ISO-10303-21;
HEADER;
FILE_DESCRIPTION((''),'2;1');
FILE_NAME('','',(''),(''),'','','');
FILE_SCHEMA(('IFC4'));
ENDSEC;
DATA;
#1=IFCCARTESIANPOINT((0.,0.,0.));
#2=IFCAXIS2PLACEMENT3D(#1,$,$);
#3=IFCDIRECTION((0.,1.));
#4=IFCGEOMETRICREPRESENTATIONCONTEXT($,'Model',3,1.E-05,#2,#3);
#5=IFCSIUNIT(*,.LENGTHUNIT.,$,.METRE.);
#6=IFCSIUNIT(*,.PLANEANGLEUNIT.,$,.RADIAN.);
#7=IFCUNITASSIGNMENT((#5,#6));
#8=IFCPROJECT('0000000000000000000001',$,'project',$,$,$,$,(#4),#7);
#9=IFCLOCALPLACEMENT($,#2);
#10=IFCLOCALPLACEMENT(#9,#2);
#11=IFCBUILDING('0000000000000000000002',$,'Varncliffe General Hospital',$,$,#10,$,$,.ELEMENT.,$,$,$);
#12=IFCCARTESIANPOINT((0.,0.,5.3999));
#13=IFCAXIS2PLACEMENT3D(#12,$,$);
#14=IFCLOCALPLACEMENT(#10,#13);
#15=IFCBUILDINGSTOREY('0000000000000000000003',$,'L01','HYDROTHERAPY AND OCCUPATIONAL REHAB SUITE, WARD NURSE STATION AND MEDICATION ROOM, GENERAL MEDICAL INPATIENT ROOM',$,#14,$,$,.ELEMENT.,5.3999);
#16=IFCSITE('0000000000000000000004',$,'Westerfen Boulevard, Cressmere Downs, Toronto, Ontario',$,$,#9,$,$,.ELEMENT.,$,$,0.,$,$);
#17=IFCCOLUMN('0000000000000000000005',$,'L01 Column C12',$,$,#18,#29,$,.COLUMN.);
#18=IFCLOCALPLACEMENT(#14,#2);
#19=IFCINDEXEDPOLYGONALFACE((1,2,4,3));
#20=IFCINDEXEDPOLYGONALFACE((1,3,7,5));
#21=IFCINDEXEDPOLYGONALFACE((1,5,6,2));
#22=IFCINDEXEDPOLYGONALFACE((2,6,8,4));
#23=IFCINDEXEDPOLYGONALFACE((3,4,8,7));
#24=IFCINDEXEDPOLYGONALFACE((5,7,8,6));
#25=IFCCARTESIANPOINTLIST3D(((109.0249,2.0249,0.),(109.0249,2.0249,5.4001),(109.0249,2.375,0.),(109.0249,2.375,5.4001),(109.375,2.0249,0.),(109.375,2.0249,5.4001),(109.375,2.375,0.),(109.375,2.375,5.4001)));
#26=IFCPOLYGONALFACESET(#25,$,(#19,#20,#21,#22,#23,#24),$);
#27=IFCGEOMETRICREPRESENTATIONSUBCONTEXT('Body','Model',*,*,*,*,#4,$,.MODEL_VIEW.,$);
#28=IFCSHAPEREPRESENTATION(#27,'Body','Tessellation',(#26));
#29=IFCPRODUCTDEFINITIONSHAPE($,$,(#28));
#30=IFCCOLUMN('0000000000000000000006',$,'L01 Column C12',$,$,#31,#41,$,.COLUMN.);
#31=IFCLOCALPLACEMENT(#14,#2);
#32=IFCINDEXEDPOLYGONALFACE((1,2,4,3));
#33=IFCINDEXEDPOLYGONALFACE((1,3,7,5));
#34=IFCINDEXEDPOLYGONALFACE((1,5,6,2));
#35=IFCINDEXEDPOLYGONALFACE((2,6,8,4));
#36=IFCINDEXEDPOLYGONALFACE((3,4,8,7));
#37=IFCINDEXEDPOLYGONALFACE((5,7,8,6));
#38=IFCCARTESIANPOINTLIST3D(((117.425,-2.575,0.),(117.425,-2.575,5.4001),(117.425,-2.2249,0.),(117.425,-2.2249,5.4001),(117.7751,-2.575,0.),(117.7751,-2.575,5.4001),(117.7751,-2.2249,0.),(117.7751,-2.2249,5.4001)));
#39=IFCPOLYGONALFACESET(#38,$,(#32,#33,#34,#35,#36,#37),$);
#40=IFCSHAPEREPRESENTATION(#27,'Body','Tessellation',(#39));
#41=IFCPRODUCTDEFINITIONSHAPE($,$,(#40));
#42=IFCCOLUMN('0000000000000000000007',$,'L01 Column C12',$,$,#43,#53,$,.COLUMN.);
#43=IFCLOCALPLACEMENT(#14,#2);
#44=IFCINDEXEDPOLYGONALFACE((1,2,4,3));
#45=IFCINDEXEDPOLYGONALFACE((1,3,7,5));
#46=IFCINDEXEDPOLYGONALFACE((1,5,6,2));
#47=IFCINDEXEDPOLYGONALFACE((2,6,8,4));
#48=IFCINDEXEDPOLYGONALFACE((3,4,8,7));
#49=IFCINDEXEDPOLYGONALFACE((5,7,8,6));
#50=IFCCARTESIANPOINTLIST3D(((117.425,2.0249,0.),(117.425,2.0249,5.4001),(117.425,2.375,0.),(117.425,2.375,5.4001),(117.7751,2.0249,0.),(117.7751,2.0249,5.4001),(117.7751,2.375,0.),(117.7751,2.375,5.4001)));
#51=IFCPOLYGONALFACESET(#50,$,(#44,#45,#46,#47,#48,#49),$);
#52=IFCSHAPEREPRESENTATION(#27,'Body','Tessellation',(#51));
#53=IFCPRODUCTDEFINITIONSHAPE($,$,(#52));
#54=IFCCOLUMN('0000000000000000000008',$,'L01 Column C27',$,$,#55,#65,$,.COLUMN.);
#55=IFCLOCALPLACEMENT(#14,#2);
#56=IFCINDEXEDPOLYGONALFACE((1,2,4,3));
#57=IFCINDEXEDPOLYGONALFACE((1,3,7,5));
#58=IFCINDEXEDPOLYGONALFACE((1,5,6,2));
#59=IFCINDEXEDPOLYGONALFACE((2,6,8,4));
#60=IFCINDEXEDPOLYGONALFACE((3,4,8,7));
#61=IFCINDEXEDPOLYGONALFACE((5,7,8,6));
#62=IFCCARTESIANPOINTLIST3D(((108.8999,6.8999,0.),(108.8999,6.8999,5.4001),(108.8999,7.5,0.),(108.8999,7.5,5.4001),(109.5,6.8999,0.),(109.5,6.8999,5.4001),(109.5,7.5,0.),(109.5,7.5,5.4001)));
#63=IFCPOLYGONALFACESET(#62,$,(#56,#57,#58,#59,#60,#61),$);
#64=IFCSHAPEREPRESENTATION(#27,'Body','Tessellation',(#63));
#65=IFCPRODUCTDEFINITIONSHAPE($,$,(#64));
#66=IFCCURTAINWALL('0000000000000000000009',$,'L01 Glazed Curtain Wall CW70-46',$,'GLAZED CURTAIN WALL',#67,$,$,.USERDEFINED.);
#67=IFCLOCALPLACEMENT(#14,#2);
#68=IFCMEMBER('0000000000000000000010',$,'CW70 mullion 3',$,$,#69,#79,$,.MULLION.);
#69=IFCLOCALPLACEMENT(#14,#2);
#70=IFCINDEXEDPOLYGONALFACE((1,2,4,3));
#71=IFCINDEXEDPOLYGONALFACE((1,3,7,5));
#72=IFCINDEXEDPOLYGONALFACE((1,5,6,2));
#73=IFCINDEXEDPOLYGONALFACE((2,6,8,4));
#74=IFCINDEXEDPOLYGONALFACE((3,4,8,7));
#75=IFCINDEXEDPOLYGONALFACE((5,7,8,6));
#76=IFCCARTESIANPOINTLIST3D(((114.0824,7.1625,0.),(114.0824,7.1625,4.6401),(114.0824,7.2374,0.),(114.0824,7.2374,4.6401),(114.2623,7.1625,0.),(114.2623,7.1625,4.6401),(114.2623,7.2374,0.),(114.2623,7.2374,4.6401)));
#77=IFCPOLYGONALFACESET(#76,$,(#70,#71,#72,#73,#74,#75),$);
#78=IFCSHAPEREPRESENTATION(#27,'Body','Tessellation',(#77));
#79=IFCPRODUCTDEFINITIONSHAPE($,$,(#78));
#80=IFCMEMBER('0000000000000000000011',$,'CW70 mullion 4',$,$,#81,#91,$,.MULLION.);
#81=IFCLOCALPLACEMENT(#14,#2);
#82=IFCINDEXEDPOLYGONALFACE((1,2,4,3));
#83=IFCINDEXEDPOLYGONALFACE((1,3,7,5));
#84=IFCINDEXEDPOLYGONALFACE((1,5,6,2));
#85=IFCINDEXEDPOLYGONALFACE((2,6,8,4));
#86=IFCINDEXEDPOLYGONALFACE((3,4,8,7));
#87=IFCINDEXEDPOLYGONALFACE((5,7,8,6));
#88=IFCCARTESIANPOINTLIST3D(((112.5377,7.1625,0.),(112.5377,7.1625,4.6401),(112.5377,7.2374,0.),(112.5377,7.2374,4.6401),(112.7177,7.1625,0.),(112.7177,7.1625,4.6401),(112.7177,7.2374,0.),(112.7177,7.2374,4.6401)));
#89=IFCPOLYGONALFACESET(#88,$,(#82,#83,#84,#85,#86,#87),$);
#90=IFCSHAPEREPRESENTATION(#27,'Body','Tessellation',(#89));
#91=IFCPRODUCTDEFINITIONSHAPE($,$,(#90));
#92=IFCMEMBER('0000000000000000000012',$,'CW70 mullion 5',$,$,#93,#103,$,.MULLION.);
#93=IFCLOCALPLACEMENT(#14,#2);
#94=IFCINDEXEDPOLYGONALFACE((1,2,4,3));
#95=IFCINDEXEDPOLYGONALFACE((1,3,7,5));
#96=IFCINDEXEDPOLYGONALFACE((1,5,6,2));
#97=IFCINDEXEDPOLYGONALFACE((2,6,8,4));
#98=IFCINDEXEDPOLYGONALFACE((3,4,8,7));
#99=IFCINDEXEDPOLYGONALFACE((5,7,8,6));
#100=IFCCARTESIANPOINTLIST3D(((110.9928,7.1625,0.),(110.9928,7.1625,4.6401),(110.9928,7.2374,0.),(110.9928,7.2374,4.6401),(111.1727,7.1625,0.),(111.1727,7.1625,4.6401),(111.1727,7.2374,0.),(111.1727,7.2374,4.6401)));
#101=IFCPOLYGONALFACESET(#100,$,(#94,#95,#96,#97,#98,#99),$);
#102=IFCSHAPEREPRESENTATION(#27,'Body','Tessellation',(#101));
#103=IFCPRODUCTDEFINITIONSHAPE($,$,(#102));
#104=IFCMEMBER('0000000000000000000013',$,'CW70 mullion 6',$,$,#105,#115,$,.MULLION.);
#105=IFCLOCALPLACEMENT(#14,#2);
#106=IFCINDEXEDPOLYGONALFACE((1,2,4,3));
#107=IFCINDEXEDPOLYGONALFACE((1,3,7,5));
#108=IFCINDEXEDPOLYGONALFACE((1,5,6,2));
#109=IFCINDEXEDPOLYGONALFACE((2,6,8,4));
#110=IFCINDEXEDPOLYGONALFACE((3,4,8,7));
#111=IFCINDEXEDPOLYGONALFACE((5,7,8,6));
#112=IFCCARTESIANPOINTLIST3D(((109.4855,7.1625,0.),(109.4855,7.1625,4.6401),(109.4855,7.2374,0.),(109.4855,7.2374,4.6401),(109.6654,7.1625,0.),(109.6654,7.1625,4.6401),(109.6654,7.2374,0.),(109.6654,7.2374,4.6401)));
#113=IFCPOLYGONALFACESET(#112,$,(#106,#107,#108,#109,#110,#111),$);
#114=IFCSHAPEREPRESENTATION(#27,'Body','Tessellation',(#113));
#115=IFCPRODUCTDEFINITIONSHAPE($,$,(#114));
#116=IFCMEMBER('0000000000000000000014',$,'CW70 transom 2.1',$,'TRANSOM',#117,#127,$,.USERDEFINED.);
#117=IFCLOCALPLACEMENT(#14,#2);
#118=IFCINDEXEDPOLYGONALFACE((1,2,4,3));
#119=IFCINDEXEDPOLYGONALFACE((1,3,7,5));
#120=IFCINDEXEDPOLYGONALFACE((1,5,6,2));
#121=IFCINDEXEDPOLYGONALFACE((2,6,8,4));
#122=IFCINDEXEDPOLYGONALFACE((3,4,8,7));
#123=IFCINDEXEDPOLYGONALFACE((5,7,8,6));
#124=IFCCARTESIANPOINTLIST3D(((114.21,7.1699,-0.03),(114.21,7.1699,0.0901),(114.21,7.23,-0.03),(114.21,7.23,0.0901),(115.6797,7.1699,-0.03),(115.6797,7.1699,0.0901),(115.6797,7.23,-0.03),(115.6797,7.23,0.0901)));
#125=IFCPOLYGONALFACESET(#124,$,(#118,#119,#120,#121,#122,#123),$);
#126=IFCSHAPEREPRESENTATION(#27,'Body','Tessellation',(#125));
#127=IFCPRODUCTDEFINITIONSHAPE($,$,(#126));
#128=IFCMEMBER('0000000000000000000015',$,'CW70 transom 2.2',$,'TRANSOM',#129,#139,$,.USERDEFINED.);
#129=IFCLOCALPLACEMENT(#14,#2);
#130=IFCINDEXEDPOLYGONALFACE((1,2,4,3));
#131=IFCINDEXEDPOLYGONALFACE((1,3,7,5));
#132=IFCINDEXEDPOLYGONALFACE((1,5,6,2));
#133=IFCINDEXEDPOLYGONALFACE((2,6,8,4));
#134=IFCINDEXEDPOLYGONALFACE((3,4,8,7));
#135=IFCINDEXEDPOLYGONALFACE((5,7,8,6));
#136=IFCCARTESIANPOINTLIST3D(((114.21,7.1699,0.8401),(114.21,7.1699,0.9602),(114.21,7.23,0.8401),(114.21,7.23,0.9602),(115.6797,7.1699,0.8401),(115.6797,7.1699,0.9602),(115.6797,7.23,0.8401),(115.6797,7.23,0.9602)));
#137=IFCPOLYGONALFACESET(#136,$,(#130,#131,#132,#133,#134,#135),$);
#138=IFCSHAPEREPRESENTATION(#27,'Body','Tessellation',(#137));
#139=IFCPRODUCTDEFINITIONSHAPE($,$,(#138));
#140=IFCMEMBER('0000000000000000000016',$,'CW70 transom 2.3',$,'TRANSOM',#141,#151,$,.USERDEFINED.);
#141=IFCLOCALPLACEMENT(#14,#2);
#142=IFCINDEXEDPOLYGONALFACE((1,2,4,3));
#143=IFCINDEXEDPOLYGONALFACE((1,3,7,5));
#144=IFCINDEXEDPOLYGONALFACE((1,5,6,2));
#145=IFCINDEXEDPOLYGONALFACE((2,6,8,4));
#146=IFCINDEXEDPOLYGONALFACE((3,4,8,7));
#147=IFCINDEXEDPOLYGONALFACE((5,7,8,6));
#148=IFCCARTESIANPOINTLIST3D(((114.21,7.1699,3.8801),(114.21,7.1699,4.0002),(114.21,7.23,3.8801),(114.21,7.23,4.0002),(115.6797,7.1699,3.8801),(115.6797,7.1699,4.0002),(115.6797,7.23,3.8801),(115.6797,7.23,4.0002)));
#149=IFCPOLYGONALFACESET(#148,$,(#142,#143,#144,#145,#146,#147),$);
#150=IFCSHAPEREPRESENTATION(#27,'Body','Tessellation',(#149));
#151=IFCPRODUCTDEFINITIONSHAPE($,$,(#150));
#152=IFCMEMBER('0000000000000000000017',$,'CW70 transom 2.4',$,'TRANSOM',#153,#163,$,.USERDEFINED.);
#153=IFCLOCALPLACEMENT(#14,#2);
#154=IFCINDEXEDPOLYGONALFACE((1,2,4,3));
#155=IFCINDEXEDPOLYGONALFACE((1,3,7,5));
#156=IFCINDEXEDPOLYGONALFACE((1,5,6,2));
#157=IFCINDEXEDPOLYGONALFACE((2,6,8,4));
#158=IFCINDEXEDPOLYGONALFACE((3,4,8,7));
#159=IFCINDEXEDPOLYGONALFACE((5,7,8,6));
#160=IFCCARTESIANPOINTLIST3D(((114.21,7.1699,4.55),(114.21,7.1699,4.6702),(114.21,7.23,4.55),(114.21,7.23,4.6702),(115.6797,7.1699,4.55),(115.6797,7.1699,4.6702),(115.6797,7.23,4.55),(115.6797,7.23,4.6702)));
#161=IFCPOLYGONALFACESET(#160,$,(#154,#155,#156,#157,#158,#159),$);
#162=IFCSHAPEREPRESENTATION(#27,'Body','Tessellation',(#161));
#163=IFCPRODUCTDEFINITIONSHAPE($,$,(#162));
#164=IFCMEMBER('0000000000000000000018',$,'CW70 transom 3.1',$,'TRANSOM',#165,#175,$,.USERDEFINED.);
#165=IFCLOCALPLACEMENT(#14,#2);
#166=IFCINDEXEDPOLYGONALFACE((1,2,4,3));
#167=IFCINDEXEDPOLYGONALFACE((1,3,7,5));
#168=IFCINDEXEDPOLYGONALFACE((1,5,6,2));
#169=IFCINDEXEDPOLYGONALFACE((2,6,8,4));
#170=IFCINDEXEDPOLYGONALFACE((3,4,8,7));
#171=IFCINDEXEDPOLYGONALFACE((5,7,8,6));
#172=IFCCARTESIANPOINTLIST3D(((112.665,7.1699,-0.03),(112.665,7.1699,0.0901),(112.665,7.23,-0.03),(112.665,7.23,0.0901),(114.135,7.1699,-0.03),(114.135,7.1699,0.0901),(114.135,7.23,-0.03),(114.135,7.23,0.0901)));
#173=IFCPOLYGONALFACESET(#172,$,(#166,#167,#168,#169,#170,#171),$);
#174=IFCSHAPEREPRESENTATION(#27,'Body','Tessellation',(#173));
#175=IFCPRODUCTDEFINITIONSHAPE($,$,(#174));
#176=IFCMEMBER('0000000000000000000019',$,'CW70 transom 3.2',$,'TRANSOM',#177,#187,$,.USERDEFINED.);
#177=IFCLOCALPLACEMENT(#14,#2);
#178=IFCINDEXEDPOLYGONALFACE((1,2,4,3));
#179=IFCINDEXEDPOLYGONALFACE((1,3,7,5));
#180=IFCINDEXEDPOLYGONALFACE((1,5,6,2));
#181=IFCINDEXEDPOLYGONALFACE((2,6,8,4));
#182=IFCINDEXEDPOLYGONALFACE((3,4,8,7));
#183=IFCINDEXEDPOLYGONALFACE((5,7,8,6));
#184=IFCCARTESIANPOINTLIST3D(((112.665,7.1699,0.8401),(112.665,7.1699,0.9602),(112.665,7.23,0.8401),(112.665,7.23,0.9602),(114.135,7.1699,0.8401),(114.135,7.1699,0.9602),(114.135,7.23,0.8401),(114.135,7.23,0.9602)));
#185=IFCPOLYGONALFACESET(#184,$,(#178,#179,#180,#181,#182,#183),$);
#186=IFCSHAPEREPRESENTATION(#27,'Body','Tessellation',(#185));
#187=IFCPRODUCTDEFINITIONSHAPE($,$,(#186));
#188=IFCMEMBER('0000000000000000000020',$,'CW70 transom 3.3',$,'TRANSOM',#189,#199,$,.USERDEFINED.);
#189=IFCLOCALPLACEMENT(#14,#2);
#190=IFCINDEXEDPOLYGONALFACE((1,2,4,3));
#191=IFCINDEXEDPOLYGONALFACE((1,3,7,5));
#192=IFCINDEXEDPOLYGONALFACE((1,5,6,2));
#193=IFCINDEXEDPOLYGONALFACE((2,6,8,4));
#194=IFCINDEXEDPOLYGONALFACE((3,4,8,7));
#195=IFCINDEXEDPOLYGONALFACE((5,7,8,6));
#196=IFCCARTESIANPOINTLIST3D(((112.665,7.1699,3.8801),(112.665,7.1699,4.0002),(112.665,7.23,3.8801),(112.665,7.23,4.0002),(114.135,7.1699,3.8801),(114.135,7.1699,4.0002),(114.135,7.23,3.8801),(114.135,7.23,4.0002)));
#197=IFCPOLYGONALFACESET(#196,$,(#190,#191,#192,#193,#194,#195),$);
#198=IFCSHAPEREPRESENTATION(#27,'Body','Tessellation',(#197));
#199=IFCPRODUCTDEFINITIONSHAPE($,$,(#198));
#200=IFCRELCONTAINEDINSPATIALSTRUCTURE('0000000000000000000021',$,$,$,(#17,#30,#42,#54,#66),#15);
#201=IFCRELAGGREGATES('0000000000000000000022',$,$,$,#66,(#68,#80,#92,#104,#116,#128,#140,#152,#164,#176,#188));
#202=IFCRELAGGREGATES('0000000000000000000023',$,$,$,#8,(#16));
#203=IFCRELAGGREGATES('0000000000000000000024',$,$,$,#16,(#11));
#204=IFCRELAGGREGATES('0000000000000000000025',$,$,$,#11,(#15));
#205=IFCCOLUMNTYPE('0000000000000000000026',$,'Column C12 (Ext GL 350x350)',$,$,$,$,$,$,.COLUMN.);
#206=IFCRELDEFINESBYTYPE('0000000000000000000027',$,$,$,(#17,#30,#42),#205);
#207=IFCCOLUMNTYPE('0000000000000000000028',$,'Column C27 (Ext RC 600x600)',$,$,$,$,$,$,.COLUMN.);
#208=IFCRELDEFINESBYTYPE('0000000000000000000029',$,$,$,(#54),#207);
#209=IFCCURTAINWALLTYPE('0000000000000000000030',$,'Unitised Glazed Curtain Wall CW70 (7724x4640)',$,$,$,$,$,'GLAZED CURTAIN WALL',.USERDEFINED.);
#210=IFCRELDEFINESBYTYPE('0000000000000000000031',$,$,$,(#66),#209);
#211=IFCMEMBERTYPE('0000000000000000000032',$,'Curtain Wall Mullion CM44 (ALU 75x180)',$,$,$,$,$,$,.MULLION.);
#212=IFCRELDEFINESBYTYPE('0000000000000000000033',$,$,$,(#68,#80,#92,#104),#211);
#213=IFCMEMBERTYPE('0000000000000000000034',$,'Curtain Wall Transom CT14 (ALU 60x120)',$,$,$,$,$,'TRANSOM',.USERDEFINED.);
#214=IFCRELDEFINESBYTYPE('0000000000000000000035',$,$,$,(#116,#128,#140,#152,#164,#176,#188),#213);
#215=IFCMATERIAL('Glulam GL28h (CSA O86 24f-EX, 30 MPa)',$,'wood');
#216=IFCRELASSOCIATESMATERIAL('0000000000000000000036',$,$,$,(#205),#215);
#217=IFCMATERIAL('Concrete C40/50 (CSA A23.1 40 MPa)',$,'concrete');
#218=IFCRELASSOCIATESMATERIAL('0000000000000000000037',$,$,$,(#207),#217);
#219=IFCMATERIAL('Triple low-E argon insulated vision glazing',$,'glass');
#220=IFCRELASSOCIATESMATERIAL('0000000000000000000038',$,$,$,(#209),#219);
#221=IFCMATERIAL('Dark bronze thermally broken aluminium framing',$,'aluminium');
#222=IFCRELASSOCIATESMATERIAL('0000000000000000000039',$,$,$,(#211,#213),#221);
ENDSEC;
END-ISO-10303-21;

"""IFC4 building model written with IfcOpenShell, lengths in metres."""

from ifc_helpers import new_model, si_unit, direction, frame, origin, origin_2d, place, context, subcontext, project, spatial, rectangle, extrude, material, material_profile, profile_set, type_object, element, aggregate, save


model = new_model("IFC4")

# Units and contexts
model_context = context("Model", 3, precision=1e-05, world=origin(), true_north=direction((0.0, 1.0)))
body_context = subcontext(model_context, "Body", "Model", "MODEL_VIEW")
ifc_project = project(units=[si_unit("LENGTHUNIT", "METRE"), si_unit("PLANEANGLEUNIT", "RADIAN")], contexts=[model_context])

# Site, building, storey
site_placement = place(None, origin())
site = spatial("IfcSite", under=ifc_project, at=site_placement, Name="Westerfen Boulevard, Cressmere Downs, Toronto, Ontario", CompositionType="ELEMENT", RefElevation=0.0)
building_placement = place(site_placement, origin())
building = spatial("IfcBuilding", under=site, at=building_placement, Name="Varncliffe General Hospital", CompositionType="ELEMENT")
storey_placement = place(building_placement, frame((0.0, 0.0, 5.3999)))
storey = spatial("IfcBuildingStorey", under=building, at=storey_placement, Name="L01", Description="HYDROTHERAPY AND OCCUPATIONAL REHAB SUITE, WARD NURSE STATION AND MEDICATION ROOM, GENERAL MEDICAL INPATIENT ROOM", CompositionType="ELEMENT", Elevation=5.3999)

# Columns
ifc_material_1 = material(Name="Glulam GL28h (CSA O86 24f-EX, 30 MPa)", Category="wood")
ifc_material_profile_1 = material_profile(ifc_material_1, rectangle(XDim=0.3501, YDim=0.3501, at=origin_2d()), Name="GL 350x350")
ifc_profile_set_1 = profile_set([ifc_material_profile_1], Name="Glulam GL28h (CSA O86 24f-EX, 30 MPa)")
column_type_1 = type_object("IfcColumnType", Name="Column C12 (Ext GL 350x350)", PredefinedType="COLUMN", material=ifc_profile_set_1)
for number, where, z_axis, x_axis, name in (
    (1, (109.2, 2.2, 0.0), (0.0, 0.0, 1.0), (1.0, 0.0, 0.0), "L01 Column C12"),
    (2, (117.6001, -2.3999, 0.0), (0.0, 0.0, 1.0), (1.0, 0.0, 0.0), "L01 Column C12"),
    (3, (117.6001, 2.2, 0.0), (0.0, 0.0, 1.0), (1.0, 0.0, 0.0), "L01 Column C12"),
):
    element("IfcColumn", number, at=place(storey_placement, frame(where, z_axis=z_axis, x_axis=x_axis)), inside=storey, type_object=column_type_1, Name=name, PredefinedType="COLUMN", context=body_context, shape_type="SweptSolid", body=[
        extrude(rectangle(XDim=0.3501, YDim=0.3501, at=origin_2d()), origin(), (0.0, 0.0, 1.0), 5.4001),
    ])
ifc_material_2 = material(Name="Concrete C40/50 (CSA A23.1 40 MPa)", Category="concrete")
ifc_material_profile_2 = material_profile(ifc_material_2, rectangle(XDim=0.6001, YDim=0.6001, at=origin_2d()), Name="RC 600x600")
ifc_profile_set_2 = profile_set([ifc_material_profile_2], Name="Concrete C40/50 (CSA A23.1 40 MPa)")
column_type_2 = type_object("IfcColumnType", Name="Column C27 (Ext RC 600x600)", PredefinedType="COLUMN", material=ifc_profile_set_2)
column_placement = place(storey_placement, frame((109.2, 7.2, 0.0), z_axis=(0.0, 0.0, 1.0), x_axis=(1.0, 0.0, 0.0)))
element("IfcColumn", 4, at=column_placement, inside=storey, type_object=column_type_2, Name="L01 Column C27", PredefinedType="COLUMN", context=body_context, shape_type="SweptSolid", body=[
    extrude(rectangle(XDim=0.6001, YDim=0.6001, at=origin_2d()), origin(), (0.0, 0.0, 1.0), 5.4001),
])

# Curtain wall, members
ifc_material_3 = material(Name="Triple low-E argon insulated vision glazing", Category="glass")
curtain_wall_type = type_object("IfcCurtainWallType", Name="Unitised Glazed Curtain Wall CW70 (7724x4640)", ElementType="GLAZED CURTAIN WALL", PredefinedType="USERDEFINED", material=ifc_material_3)
curtain_wall_placement = place(storey_placement, origin())
curtain_wall = element("IfcCurtainWall", 5, at=curtain_wall_placement, inside=storey, type_object=curtain_wall_type, Name="L01 Glazed Curtain Wall CW70-46", ObjectType="GLAZED CURTAIN WALL", PredefinedType="USERDEFINED")
ifc_material_4 = material(Name="Dark bronze thermally broken aluminium framing", Category="aluminium")
ifc_material_profile_3 = material_profile(ifc_material_4, rectangle(XDim=0.075, YDim=0.1799, at=origin_2d()), Name="ALU 75x180")
ifc_profile_set_3 = profile_set([ifc_material_profile_3], Name="Dark bronze thermally broken aluminium framing")
member_type_1 = type_object("IfcMemberType", Name="Curtain Wall Mullion CM44 (ALU 75x180)", PredefinedType="MULLION", material=ifc_profile_set_3)
member_1_placement = place(storey_placement, frame((114.1724, 7.2, 0.0), z_axis=(0.0, 0.0, 1.0), x_axis=(0.0, -1.0, 0.0)))
member_1 = element("IfcMember", 6, at=member_1_placement, type_object=member_type_1, Name="CW70 mullion 3", PredefinedType="MULLION", context=body_context, shape_type="SweptSolid", body=[
    extrude(rectangle(XDim=0.075, YDim=0.1799, at=origin_2d()), origin(), (0.0, 0.0, 1.0), 4.6401),
])
member_2_placement = place(storey_placement, frame((112.6277, 7.2, 0.0), z_axis=(0.0, 0.0, 1.0), x_axis=(0.0, -1.0, 0.0)))
member_2 = element("IfcMember", 7, at=member_2_placement, type_object=member_type_1, Name="CW70 mullion 4", PredefinedType="MULLION", context=body_context, shape_type="SweptSolid", body=[
    extrude(rectangle(XDim=0.075, YDim=0.1799, at=origin_2d()), origin(), (0.0, 0.0, 1.0), 4.6401),
])
member_3_placement = place(storey_placement, frame((111.0828, 7.2, 0.0), z_axis=(0.0, 0.0, 1.0), x_axis=(0.0, -1.0, 0.0)))
member_3 = element("IfcMember", 8, at=member_3_placement, type_object=member_type_1, Name="CW70 mullion 5", PredefinedType="MULLION", context=body_context, shape_type="SweptSolid", body=[
    extrude(rectangle(XDim=0.075, YDim=0.1799, at=origin_2d()), origin(), (0.0, 0.0, 1.0), 4.6401),
])
member_4_placement = place(storey_placement, frame((109.5754, 7.2, 0.0), z_axis=(0.0, 0.0, 1.0), x_axis=(0.0, -1.0, 0.0)))
member_4 = element("IfcMember", 9, at=member_4_placement, type_object=member_type_1, Name="CW70 mullion 6", PredefinedType="MULLION", context=body_context, shape_type="SweptSolid", body=[
    extrude(rectangle(XDim=0.075, YDim=0.1799, at=origin_2d()), origin(), (0.0, 0.0, 1.0), 4.6401),
])
ifc_material_profile_4 = material_profile(ifc_material_4, rectangle(XDim=0.0601, YDim=0.1201, at=origin_2d()), Name="ALU 60x120")
ifc_profile_set_4 = profile_set([ifc_material_profile_4], Name="Dark bronze thermally broken aluminium framing")
member_type_2 = type_object("IfcMemberType", Name="Curtain Wall Transom CT14 (ALU 60x120)", ElementType="TRANSOM", PredefinedType="USERDEFINED", material=ifc_profile_set_4)
member_5_placement = place(storey_placement, frame((115.6797, 7.2, 0.03), z_axis=(-1.0, 0.0, 0.0), x_axis=(0.0, -1.0, 0.0)))
member_5 = element("IfcMember", 10, at=member_5_placement, type_object=member_type_2, Name="CW70 transom 2.1", ObjectType="TRANSOM", PredefinedType="USERDEFINED", context=body_context, shape_type="SweptSolid", body=[
    extrude(rectangle(XDim=0.0601, YDim=0.1201, at=origin_2d()), origin(), (0.0, 0.0, 1.0), 1.4697),
])
member_6_placement = place(storey_placement, frame((115.6797, 7.2, 0.9001), z_axis=(-1.0, 0.0, 0.0), x_axis=(0.0, -1.0, 0.0)))
member_6 = element("IfcMember", 11, at=member_6_placement, type_object=member_type_2, Name="CW70 transom 2.2", ObjectType="TRANSOM", PredefinedType="USERDEFINED", context=body_context, shape_type="SweptSolid", body=[
    extrude(rectangle(XDim=0.0601, YDim=0.1201, at=origin_2d()), origin(), (0.0, 0.0, 1.0), 1.4697),
])
member_7_placement = place(storey_placement, frame((115.6797, 7.2, 3.9402), z_axis=(-1.0, 0.0, 0.0), x_axis=(0.0, -1.0, 0.0)))
member_7 = element("IfcMember", 12, at=member_7_placement, type_object=member_type_2, Name="CW70 transom 2.3", ObjectType="TRANSOM", PredefinedType="USERDEFINED", context=body_context, shape_type="SweptSolid", body=[
    extrude(rectangle(XDim=0.0601, YDim=0.1201, at=origin_2d()), origin(), (0.0, 0.0, 1.0), 1.4697),
])
member_8_placement = place(storey_placement, frame((115.6797, 7.2, 4.6101), z_axis=(-1.0, 0.0, 0.0), x_axis=(0.0, -1.0, 0.0)))
member_8 = element("IfcMember", 13, at=member_8_placement, type_object=member_type_2, Name="CW70 transom 2.4", ObjectType="TRANSOM", PredefinedType="USERDEFINED", context=body_context, shape_type="SweptSolid", body=[
    extrude(rectangle(XDim=0.0601, YDim=0.1201, at=origin_2d()), origin(), (0.0, 0.0, 1.0), 1.4697),
])
member_9_placement = place(storey_placement, frame((114.135, 7.2, 0.03), z_axis=(-1.0, 0.0, 0.0), x_axis=(0.0, -1.0, 0.0)))
member_9 = element("IfcMember", 14, at=member_9_placement, type_object=member_type_2, Name="CW70 transom 3.1", ObjectType="TRANSOM", PredefinedType="USERDEFINED", context=body_context, shape_type="SweptSolid", body=[
    extrude(rectangle(XDim=0.0601, YDim=0.1201, at=origin_2d()), origin(), (0.0, 0.0, 1.0), 1.47),
])
member_10_placement = place(storey_placement, frame((114.135, 7.2, 0.9001), z_axis=(-1.0, 0.0, 0.0), x_axis=(0.0, -1.0, 0.0)))
member_10 = element("IfcMember", 15, at=member_10_placement, type_object=member_type_2, Name="CW70 transom 3.2", ObjectType="TRANSOM", PredefinedType="USERDEFINED", context=body_context, shape_type="SweptSolid", body=[
    extrude(rectangle(XDim=0.0601, YDim=0.1201, at=origin_2d()), origin(), (0.0, 0.0, 1.0), 1.47),
])
member_11_placement = place(storey_placement, frame((114.135, 7.2, 3.9402), z_axis=(-1.0, 0.0, 0.0), x_axis=(0.0, -1.0, 0.0)))
member_11 = element("IfcMember", 16, at=member_11_placement, type_object=member_type_2, Name="CW70 transom 3.3", ObjectType="TRANSOM", PredefinedType="USERDEFINED", context=body_context, shape_type="SweptSolid", body=[
    extrude(rectangle(XDim=0.0601, YDim=0.1201, at=origin_2d()), origin(), (0.0, 0.0, 1.0), 1.47),
])

aggregate(curtain_wall, [member_1, member_2, member_3, member_4, member_5, member_6, member_7, member_8, member_9, member_10, member_11])

save(model, "model.ifc")
